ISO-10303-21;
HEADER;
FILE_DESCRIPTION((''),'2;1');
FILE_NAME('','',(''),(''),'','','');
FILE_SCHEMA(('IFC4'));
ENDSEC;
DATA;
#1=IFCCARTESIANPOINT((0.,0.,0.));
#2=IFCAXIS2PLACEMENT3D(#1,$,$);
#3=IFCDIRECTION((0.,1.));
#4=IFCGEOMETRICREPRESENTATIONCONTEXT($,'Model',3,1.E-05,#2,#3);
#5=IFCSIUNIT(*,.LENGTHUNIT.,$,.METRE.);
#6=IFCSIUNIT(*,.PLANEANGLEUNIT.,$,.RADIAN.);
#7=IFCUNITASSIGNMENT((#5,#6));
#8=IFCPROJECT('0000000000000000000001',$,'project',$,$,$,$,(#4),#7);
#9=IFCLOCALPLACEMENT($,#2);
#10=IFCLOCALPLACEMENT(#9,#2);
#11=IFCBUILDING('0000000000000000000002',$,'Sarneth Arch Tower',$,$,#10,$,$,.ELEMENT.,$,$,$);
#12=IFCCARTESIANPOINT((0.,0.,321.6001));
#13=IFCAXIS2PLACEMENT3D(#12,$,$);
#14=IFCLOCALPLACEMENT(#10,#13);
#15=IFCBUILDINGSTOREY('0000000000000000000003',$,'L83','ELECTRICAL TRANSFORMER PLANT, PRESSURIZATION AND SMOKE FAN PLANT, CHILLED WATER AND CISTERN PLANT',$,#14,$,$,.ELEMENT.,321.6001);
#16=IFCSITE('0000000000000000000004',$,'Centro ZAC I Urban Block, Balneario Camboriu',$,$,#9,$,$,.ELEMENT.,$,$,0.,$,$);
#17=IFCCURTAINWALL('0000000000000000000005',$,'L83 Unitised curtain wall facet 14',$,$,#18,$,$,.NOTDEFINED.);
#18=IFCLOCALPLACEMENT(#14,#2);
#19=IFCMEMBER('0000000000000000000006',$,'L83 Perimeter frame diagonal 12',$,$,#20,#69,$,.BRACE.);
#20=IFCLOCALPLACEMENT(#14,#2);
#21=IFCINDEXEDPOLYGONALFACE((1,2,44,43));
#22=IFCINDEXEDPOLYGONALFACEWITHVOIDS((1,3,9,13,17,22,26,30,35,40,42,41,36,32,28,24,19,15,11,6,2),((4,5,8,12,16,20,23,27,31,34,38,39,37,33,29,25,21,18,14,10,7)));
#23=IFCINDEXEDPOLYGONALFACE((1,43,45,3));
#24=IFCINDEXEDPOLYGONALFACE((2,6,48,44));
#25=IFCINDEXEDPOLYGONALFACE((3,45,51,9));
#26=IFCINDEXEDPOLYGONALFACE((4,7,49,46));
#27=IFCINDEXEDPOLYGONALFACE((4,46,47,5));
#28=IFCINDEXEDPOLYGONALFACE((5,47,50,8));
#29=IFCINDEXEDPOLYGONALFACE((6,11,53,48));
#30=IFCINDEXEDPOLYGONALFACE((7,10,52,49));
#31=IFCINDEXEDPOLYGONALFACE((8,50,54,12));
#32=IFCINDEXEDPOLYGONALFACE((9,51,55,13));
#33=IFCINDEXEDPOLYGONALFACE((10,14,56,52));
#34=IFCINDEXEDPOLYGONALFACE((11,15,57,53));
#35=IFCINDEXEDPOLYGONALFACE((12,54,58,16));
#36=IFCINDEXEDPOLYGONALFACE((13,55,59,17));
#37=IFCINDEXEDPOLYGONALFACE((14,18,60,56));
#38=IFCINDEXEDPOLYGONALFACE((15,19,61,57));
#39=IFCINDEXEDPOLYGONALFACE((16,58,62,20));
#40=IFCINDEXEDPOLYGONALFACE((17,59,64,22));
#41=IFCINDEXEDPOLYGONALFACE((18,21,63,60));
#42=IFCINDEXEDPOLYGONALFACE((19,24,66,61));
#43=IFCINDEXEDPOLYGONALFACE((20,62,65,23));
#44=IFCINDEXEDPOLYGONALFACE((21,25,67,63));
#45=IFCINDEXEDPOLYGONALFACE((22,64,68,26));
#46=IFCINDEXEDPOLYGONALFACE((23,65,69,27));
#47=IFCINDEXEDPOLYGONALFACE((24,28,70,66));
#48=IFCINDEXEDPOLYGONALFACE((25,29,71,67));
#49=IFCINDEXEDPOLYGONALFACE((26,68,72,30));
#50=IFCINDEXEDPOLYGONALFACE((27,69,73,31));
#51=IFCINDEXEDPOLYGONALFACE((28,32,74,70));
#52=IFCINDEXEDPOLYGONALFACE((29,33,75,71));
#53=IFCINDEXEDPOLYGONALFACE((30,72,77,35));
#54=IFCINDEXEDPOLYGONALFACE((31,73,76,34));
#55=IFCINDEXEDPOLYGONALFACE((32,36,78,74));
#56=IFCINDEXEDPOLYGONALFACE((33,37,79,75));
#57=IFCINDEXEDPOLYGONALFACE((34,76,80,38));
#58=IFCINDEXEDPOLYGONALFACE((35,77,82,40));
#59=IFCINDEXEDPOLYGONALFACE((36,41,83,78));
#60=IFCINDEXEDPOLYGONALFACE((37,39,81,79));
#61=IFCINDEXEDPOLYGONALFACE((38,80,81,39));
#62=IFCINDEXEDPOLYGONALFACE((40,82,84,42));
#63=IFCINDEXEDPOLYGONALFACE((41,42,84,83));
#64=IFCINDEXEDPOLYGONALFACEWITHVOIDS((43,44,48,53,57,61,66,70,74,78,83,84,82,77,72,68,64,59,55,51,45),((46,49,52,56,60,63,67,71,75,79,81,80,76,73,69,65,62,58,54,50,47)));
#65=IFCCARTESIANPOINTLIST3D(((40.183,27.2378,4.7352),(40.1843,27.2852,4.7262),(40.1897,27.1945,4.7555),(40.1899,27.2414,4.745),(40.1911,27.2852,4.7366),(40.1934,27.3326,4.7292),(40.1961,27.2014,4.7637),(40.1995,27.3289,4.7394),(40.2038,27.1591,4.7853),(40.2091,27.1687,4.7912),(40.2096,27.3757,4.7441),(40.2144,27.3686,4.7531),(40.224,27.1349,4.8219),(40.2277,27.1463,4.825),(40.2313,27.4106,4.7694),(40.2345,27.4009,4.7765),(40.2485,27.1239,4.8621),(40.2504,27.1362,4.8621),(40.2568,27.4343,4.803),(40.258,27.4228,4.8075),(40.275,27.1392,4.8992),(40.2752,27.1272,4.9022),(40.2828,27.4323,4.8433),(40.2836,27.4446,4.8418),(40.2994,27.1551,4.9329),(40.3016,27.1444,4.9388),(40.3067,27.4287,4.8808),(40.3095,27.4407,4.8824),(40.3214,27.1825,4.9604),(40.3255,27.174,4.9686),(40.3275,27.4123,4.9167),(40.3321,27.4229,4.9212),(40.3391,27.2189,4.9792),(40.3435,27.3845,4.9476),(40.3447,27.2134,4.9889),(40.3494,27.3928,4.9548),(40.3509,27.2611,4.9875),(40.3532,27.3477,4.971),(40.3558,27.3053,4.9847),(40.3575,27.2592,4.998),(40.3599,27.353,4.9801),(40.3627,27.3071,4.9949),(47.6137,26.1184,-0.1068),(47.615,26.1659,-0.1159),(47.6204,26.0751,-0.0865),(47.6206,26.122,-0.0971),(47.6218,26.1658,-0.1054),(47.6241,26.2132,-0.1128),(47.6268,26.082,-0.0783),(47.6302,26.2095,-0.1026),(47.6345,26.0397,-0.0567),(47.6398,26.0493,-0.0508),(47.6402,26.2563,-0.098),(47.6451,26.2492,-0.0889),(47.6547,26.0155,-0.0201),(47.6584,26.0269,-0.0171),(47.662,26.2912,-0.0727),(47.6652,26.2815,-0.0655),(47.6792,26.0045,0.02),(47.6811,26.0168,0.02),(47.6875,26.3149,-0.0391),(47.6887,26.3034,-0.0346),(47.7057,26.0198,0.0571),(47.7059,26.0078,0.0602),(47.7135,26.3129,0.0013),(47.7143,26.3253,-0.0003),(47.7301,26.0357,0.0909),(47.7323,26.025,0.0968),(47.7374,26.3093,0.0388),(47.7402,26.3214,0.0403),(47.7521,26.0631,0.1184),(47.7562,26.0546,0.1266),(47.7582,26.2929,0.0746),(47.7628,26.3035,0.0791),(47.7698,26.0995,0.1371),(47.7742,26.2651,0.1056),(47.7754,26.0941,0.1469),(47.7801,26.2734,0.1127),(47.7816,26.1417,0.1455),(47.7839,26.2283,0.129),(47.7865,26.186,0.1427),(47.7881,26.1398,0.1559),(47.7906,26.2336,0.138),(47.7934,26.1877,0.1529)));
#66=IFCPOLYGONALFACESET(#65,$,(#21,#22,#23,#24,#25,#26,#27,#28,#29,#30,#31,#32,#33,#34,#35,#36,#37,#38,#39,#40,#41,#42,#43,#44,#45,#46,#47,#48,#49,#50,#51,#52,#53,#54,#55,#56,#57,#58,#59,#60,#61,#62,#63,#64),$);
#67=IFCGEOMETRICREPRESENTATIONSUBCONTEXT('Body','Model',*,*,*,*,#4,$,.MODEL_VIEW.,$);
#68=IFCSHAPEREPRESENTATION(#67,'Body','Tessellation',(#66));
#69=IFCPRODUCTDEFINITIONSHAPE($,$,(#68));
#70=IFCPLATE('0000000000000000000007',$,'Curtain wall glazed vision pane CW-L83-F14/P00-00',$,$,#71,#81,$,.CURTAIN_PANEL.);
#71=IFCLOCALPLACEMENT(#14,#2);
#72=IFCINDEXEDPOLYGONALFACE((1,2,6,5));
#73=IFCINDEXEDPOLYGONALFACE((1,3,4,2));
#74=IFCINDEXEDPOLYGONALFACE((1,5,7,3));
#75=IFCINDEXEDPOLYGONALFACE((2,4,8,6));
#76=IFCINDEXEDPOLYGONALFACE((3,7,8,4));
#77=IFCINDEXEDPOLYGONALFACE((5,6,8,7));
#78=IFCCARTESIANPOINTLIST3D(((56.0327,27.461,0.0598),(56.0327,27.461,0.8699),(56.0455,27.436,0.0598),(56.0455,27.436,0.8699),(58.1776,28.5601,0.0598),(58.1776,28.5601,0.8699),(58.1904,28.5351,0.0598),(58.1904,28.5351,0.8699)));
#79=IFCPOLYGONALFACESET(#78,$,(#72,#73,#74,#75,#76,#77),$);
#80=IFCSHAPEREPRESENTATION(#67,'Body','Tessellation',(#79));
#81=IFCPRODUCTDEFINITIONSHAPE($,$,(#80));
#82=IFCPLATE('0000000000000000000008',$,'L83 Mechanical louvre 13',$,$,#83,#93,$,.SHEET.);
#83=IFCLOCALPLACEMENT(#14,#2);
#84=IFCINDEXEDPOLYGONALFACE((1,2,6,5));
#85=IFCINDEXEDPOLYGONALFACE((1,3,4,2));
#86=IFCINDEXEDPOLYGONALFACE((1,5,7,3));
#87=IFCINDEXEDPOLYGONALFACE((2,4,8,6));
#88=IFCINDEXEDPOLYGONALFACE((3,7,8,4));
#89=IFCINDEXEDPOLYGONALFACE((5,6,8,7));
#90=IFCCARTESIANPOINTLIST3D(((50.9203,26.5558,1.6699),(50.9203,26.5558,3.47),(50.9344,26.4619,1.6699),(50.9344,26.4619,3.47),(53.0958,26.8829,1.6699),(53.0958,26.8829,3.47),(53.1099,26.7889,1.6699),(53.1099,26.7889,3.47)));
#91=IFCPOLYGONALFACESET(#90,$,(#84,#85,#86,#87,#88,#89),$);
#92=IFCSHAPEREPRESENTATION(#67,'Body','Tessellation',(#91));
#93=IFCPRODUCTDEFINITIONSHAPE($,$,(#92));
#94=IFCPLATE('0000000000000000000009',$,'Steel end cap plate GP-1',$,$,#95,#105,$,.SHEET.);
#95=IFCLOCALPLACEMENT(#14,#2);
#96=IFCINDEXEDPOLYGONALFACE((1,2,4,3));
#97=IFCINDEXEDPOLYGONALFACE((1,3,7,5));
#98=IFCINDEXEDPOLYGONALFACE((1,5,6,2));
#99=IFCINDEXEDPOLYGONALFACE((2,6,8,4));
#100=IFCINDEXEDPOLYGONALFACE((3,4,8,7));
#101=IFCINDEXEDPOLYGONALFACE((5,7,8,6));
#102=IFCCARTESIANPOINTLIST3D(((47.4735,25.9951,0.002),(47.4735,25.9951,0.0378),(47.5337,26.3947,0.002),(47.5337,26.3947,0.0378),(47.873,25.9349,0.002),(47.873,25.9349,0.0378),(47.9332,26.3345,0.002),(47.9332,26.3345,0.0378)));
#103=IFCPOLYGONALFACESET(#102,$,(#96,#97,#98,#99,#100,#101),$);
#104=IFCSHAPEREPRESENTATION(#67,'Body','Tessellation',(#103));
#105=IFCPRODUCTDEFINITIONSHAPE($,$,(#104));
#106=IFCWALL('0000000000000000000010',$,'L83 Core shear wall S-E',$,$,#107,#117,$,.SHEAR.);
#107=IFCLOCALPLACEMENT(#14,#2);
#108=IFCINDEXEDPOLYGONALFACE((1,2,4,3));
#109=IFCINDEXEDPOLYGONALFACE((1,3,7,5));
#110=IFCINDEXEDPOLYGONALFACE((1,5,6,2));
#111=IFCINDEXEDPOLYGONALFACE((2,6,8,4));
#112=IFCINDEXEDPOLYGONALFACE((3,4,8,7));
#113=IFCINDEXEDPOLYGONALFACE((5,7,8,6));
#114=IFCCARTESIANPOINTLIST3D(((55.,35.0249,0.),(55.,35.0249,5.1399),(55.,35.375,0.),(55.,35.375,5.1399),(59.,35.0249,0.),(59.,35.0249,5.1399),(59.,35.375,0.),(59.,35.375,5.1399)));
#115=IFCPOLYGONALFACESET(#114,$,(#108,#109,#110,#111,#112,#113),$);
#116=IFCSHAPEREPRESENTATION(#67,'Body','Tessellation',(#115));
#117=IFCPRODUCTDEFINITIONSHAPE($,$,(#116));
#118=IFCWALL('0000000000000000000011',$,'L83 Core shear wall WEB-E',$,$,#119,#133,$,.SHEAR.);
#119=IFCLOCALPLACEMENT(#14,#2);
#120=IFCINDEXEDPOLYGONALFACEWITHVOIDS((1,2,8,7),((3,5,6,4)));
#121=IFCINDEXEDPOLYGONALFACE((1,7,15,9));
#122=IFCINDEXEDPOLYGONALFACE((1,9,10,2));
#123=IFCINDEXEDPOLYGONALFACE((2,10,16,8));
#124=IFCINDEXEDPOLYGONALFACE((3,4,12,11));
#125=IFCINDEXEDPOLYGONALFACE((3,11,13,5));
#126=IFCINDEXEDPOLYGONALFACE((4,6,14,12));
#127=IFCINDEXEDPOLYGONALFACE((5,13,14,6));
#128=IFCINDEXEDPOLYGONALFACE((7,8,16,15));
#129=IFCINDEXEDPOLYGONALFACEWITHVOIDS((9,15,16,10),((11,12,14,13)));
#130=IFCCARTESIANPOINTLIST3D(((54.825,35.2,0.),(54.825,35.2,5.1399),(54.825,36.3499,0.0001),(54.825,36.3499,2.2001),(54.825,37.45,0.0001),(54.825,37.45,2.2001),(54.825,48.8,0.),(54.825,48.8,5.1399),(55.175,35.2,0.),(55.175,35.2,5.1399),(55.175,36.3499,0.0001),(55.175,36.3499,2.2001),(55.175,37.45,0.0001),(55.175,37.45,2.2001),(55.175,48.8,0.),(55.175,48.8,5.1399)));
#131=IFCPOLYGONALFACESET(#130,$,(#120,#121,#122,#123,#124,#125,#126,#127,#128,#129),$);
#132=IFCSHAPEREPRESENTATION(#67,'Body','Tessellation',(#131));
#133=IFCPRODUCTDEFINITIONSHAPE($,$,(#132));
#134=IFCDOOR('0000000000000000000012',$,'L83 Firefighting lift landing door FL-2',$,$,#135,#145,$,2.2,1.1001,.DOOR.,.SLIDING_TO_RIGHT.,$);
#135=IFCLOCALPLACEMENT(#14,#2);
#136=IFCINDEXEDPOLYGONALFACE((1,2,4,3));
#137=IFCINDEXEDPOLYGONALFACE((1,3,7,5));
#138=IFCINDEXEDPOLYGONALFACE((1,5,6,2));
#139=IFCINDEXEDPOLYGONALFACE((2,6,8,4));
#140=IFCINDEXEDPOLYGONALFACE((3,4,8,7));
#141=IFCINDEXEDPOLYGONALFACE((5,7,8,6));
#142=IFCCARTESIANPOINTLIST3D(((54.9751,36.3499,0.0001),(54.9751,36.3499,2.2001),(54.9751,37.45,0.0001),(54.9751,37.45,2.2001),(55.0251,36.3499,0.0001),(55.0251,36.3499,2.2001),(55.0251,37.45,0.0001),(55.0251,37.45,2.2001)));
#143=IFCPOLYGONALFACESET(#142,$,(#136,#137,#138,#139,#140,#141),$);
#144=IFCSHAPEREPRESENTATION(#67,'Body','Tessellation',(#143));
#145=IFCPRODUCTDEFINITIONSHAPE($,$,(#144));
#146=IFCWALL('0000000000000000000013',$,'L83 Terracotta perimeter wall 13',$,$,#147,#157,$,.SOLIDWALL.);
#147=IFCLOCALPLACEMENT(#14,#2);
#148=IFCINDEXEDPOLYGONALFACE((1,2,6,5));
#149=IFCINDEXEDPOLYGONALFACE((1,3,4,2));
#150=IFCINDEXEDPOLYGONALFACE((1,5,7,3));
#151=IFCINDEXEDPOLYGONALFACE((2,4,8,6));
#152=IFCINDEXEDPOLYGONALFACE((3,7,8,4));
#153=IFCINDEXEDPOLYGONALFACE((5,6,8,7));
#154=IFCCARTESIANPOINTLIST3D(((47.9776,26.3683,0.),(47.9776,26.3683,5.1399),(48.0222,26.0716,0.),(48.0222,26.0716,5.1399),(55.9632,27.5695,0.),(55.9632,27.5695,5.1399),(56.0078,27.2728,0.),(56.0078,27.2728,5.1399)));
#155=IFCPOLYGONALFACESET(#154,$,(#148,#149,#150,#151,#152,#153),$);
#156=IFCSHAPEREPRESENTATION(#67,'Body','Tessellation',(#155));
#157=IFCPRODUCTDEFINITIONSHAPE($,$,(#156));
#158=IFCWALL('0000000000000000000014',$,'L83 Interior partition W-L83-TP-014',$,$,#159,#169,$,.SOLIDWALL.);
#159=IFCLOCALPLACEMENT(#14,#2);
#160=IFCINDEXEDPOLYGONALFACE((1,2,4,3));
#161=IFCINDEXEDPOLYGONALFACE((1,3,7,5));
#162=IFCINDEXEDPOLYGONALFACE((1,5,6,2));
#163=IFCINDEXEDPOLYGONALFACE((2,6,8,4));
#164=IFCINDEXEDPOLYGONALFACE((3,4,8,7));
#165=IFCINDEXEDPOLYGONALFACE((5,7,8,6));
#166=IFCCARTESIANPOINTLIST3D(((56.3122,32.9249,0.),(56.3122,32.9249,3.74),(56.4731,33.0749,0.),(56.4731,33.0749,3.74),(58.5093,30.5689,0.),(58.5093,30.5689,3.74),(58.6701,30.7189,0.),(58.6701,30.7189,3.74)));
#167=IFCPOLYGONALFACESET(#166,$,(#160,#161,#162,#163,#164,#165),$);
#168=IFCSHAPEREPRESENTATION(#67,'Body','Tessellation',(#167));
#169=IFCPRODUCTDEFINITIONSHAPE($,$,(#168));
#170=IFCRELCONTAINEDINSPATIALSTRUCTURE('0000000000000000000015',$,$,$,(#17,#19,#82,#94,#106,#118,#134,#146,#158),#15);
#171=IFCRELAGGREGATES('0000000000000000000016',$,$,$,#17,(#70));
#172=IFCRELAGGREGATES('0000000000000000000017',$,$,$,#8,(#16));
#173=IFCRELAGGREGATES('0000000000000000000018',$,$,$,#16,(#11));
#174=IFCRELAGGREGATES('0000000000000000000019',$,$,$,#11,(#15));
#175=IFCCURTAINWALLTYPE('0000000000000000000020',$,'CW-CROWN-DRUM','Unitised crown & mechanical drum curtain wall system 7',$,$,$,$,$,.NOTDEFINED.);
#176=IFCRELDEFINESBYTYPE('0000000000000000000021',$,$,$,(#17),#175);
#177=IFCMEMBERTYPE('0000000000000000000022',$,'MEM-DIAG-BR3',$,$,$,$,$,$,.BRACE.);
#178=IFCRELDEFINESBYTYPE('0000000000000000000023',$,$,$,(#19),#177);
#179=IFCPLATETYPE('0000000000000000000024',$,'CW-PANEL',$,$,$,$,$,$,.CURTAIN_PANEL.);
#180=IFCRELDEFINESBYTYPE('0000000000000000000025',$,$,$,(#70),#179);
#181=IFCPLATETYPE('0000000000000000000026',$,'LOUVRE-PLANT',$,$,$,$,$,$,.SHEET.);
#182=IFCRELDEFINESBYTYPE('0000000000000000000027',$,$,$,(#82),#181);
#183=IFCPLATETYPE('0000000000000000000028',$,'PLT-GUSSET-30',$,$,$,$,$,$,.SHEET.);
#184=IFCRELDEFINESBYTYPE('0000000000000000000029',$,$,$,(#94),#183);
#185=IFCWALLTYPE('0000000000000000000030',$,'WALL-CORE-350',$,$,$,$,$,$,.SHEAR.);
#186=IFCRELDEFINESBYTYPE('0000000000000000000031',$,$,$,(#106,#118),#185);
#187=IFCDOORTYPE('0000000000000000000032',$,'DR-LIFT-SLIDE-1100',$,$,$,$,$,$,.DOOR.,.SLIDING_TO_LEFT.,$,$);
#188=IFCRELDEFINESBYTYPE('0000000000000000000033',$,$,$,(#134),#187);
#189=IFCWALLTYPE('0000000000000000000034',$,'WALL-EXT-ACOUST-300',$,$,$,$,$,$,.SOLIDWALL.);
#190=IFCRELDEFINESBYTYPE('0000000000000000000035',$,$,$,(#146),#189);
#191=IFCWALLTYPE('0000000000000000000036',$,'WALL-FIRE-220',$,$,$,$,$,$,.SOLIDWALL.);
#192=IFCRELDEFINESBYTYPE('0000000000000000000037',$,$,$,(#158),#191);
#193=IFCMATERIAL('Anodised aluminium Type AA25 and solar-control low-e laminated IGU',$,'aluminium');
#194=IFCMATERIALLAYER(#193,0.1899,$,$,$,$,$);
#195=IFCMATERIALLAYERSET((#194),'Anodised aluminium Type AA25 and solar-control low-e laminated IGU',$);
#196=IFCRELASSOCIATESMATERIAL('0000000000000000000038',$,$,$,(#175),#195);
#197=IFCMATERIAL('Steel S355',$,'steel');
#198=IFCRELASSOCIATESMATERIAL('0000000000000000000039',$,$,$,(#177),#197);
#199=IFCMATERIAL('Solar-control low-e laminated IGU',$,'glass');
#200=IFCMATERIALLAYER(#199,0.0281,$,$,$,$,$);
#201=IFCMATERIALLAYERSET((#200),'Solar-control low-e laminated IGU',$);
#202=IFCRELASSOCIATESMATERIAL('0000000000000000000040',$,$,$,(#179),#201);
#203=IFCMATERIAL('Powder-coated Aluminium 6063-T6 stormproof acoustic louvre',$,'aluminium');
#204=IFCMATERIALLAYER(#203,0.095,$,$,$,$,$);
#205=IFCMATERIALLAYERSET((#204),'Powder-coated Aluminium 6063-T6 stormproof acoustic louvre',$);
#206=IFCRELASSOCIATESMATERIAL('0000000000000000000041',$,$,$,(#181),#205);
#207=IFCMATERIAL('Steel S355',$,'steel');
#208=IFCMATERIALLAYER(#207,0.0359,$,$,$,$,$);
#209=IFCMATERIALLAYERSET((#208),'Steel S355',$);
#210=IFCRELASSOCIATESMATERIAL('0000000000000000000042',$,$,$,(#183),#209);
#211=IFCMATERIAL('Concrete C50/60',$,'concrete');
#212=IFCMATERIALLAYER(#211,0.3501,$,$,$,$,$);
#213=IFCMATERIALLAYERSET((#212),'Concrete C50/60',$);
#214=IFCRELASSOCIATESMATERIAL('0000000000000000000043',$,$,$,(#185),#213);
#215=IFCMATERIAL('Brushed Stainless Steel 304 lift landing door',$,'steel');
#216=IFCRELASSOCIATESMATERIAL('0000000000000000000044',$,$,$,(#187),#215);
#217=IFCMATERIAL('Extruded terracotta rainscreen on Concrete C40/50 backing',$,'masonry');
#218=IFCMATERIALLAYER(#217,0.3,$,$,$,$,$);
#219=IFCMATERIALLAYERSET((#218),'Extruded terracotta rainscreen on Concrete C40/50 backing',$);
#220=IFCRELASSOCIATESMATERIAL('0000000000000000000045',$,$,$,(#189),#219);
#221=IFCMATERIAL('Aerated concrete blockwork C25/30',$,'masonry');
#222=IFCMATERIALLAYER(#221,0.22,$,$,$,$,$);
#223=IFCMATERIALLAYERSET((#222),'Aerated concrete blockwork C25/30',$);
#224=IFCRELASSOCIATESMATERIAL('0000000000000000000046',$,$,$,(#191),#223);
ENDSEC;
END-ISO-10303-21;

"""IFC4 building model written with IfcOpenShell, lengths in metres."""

from ifc_helpers import new_model, si_unit, direction, frame, frame_2d, origin, origin_2d, place, context, subcontext, project, spatial, rectangle, hollow_circle, extrude, material, layer, layer_set, material_profile, profile_set, type_object, element, fill, aggregate, save


model = new_model("IFC4")

# Units and contexts
model_context = context("Model", 3, precision=1e-05, world=origin(), true_north=direction((0.0, 1.0)))
body_context = subcontext(model_context, "Body", "Model", "MODEL_VIEW")
ifc_project = project(units=[si_unit("LENGTHUNIT", "METRE"), si_unit("PLANEANGLEUNIT", "RADIAN")], contexts=[model_context])

# Site, building, storey
site_placement = place(None, origin())
site = spatial("IfcSite", under=ifc_project, at=site_placement, Name="Centro ZAC I Urban Block, Balneario Camboriu", CompositionType="ELEMENT", RefElevation=0.0)
building_placement = place(site_placement, origin())
building = spatial("IfcBuilding", under=site, at=building_placement, Name="Sarneth Arch Tower", CompositionType="ELEMENT")
storey_placement = place(building_placement, frame((0.0, 0.0, 321.6001)))
storey = spatial("IfcBuildingStorey", under=building, at=storey_placement, Name="L83", Description="ELECTRICAL TRANSFORMER PLANT, PRESSURIZATION AND SMOKE FAN PLANT, CHILLED WATER AND CISTERN PLANT", CompositionType="ELEMENT", Elevation=321.6001)

# Curtain wall
ifc_material_1 = material(Name="Anodised aluminium Type AA25 and solar-control low-e laminated IGU", Category="aluminium")
ifc_layer_1 = layer(ifc_material_1, 0.1899)
ifc_layer_set_1 = layer_set([ifc_layer_1], Name="Anodised aluminium Type AA25 and solar-control low-e laminated IGU")
curtain_wall_type = type_object("IfcCurtainWallType", Name="CW-CROWN-DRUM", Description="Unitised crown & mechanical drum curtain wall system 7", PredefinedType="NOTDEFINED", material=ifc_layer_set_1)
curtain_wall_placement = place(storey_placement, origin())
curtain_wall = element("IfcCurtainWall", 1, at=curtain_wall_placement, inside=storey, type_object=curtain_wall_type, Name="L83 Unitised curtain wall facet 14", PredefinedType="NOTDEFINED")

# Member
ifc_material_2 = material(Name="Steel S355", Category="steel")
ifc_material_profile_1 = material_profile(ifc_material_2, hollow_circle(Radius=0.1621, WallThickness=0.0125, at=origin_2d()), Name="CHS324x12.5")
ifc_profile_set_1 = profile_set([ifc_material_profile_1], Name="Steel S355")
member_type_1 = type_object("IfcMemberType", Name="MEM-DIAG-BR3", PredefinedType="BRACE", material=ifc_profile_set_1)
member_1_placement = place(storey_placement, frame((47.7034, 26.1648, 0.02), z_axis=(-0.831225, 0.125219, 0.541651), x_axis=(-0.148963, -0.988843, 0.0)))
element("IfcMember", 2, at=member_1_placement, inside=storey, type_object=member_type_1, Name="L83 Perimeter frame diagonal 12", PredefinedType="BRACE", context=body_context, shape_type="SweptSolid", body=[
    extrude(hollow_circle(Radius=0.1621, WallThickness=0.0125, at=origin_2d()), origin(), (0.0, 0.0, 1.0), 8.9395),
])

# Plate
ifc_material_3 = material(Name="Solar-control low-e laminated IGU", Category="glass")
ifc_layer_2 = layer(ifc_material_3, 0.0281)
ifc_layer_set_2 = layer_set([ifc_layer_2], Name="Solar-control low-e laminated IGU")
plate_type_1 = type_object("IfcPlateType", Name="CW-PANEL", PredefinedType="CURTAIN_PANEL", material=ifc_layer_set_2)
plate_1_placement = place(storey_placement, frame((57.1116, 27.998, 0.0598), z_axis=(0.0, 0.0, 1.0), x_axis=(0.889959, 0.45604, 0.0)))
plate_1 = element("IfcPlate", 3, at=plate_1_placement, type_object=plate_type_1, Name="Curtain wall glazed vision pane CW-L83-F14/P00-00", PredefinedType="CURTAIN_PANEL", context=body_context, shape_type="SweptSolid", body=[
    extrude(rectangle(XDim=2.4102, YDim=0.0281, at=origin_2d()), origin(), (0.0, 0.0, 1.0), 0.8101),
])
aggregate(curtain_wall, [plate_1])

# Plates
ifc_material_4 = material(Name="Powder-coated Aluminium 6063-T6 stormproof acoustic louvre", Category="aluminium")
ifc_layer_3 = layer(ifc_material_4, 0.095)
ifc_layer_set_3 = layer_set([ifc_layer_3], Name="Powder-coated Aluminium 6063-T6 stormproof acoustic louvre")
plate_type_2 = type_object("IfcPlateType", Name="LOUVRE-PLANT", PredefinedType="SHEET", material=ifc_layer_set_3)
plate_2_placement = place(storey_placement, frame((52.0151, 26.6724, 1.6699), z_axis=(0.0, 0.0, 1.0), x_axis=(0.988886, 0.148672, 0.0)))
element("IfcPlate", 4, at=plate_2_placement, inside=storey, type_object=plate_type_2, Name="L83 Mechanical louvre 13", PredefinedType="SHEET", context=body_context, shape_type="SweptSolid", body=[
    extrude(rectangle(XDim=2.2, YDim=0.095, at=origin_2d()), origin(), (0.0, 0.0, 1.0), 1.8),
])
ifc_material_5 = material(Name="Steel S355", Category="steel")
ifc_layer_4 = layer(ifc_material_5, 0.0359)
ifc_layer_set_4 = layer_set([ifc_layer_4], Name="Steel S355")
plate_type_3 = type_object("IfcPlateType", Name="PLT-GUSSET-30", PredefinedType="SHEET", material=ifc_layer_set_4)
plate_3_placement = place(storey_placement, frame((47.7034, 26.1648, 0.002), z_axis=(0.0, 0.0, 1.0), x_axis=(0.988835, -0.149018, 0.0)))
element("IfcPlate", 5, at=plate_3_placement, inside=storey, type_object=plate_type_3, Name="Steel end cap plate GP-1", PredefinedType="SHEET", context=body_context, shape_type="SweptSolid", body=[
    extrude(rectangle(XDim=0.4041, YDim=0.4041, at=origin_2d()), origin(), (0.0, 0.0, 1.0), 0.0359),
])

# Wall
ifc_material_6 = material(Name="Concrete C50/60", Category="concrete")
ifc_layer_5 = layer(ifc_material_6, 0.3501)
ifc_layer_set_5 = layer_set([ifc_layer_5], Name="Concrete C50/60")
wall_type_1 = type_object("IfcWallType", Name="WALL-CORE-350", PredefinedType="SHEAR", material=ifc_layer_set_5)
wall_1_placement = place(storey_placement, frame((55.0, 35.2, 0.0), z_axis=(0.0, 0.0, 1.0), x_axis=(1.0, 0.0, 0.0)))
element("IfcWall", 6, at=wall_1_placement, inside=storey, type_object=wall_type_1, Name="L83 Core shear wall S-E", PredefinedType="SHEAR", context=body_context, shape_type="SweptSolid", body=[
    extrude(rectangle(XDim=4.0, YDim=0.3501, at=frame_2d((2.0, 0.0))), origin(), (0.0, 0.0, 1.0), 5.1399),
])

# Wall, opening, door
wall_2_placement = place(storey_placement, frame((55.0, 35.2, 0.0), z_axis=(0.0, 0.0, 1.0), x_axis=(0.0, 1.0, 0.0)))
wall_2 = element("IfcWall", 7, at=wall_2_placement, inside=storey, type_object=wall_type_1, Name="L83 Core shear wall WEB-E", PredefinedType="SHEAR", context=body_context, shape_type="SweptSolid", body=[
    extrude(rectangle(XDim=13.6001, YDim=0.3501, at=frame_2d((6.8, 0.0))), origin(), (0.0, 0.0, 1.0), 5.1399),
])
opening_1_placement = place(wall_2_placement, frame((1.1499, 0.0, 0.0)))
opening_1 = element("IfcOpeningElement", 8, at=opening_1_placement, cuts=wall_2, PredefinedType="OPENING", context=body_context, shape_type="SweptSolid", body=[
    extrude(rectangle(XDim=1.1001, YDim=2.2, at=frame_2d((0.55, 1.1001))), frame((0.0, 0.1851, 0.0), z_axis=(0.0, -1.0, 0.0), x_axis=(1.0, 0.0, 0.0)), (0.0, 0.0, 1.0), 0.3701),
])
ifc_material_7 = material(Name="Brushed Stainless Steel 304 lift landing door", Category="steel")
door_type_1 = type_object("IfcDoorType", Name="DR-LIFT-SLIDE-1100", OperationType="SLIDING_TO_LEFT", PredefinedType="DOOR", material=ifc_material_7)
door_1_placement = place(opening_1_placement, origin())
door_1 = element("IfcDoor", 9, at=door_1_placement, inside=storey, type_object=door_type_1, Name="L83 Firefighting lift landing door FL-2", OperationType="SLIDING_TO_RIGHT", OverallHeight=2.2, OverallWidth=1.1001, PredefinedType="DOOR", context=body_context, shape_type="SweptSolid", body=[
    extrude(rectangle(XDim=1.1001, YDim=2.2, at=frame_2d((0.55, 1.1001))), frame((0.0, 0.0249, 0.0), z_axis=(0.0, -1.0, 0.0), x_axis=(1.0, 0.0, 0.0)), (0.0, 0.0, 1.0), 0.05),
])
fill(opening_1, door_1)

# Walls
ifc_material_8 = material(Name="Extruded terracotta rainscreen on Concrete C40/50 backing", Category="masonry")
ifc_layer_6 = layer(ifc_material_8, 0.3)
ifc_layer_set_6 = layer_set([ifc_layer_6], Name="Extruded terracotta rainscreen on Concrete C40/50 backing")
wall_type_2 = type_object("IfcWallType", Name="WALL-EXT-ACOUST-300", PredefinedType="SOLIDWALL", material=ifc_layer_set_6)
wall_3_placement = place(storey_placement, frame((48.0, 26.22, 0.0), z_axis=(0.0, 0.0, 1.0), x_axis=(0.988876, 0.148744, 0.0)))
element("IfcWall", 10, at=wall_3_placement, inside=storey, type_object=wall_type_2, Name="L83 Terracotta perimeter wall 13", PredefinedType="SOLIDWALL", context=body_context, shape_type="SweptSolid", body=[
    extrude(rectangle(XDim=8.0754, YDim=0.3, at=frame_2d((4.0376, 0.0))), origin(), (0.0, 0.0, 1.0), 5.1399),
])
ifc_material_9 = material(Name="Aerated concrete blockwork C25/30", Category="masonry")
ifc_layer_7 = layer(ifc_material_9, 0.22)
ifc_layer_set_7 = layer_set([ifc_layer_7], Name="Aerated concrete blockwork C25/30")
wall_type_3 = type_object("IfcWallType", Name="WALL-FIRE-220", PredefinedType="SOLIDWALL", material=ifc_layer_set_7)
wall_4_placement = place(storey_placement, frame((56.3926, 33.0, 0.0), z_axis=(0.0, 0.0, 1.0), x_axis=(0.682008, -0.731345, 0.0)))
element("IfcWall", 11, at=wall_4_placement, inside=storey, type_object=wall_type_3, Name="L83 Interior partition W-L83-TP-014", PredefinedType="SOLIDWALL", context=body_context, shape_type="SweptSolid", body=[
    extrude(rectangle(XDim=3.2214, YDim=0.22, at=frame_2d((1.6108, 0.0))), origin(), (0.0, 0.0, 1.0), 3.74),
])

save(model, "model.ifc")
